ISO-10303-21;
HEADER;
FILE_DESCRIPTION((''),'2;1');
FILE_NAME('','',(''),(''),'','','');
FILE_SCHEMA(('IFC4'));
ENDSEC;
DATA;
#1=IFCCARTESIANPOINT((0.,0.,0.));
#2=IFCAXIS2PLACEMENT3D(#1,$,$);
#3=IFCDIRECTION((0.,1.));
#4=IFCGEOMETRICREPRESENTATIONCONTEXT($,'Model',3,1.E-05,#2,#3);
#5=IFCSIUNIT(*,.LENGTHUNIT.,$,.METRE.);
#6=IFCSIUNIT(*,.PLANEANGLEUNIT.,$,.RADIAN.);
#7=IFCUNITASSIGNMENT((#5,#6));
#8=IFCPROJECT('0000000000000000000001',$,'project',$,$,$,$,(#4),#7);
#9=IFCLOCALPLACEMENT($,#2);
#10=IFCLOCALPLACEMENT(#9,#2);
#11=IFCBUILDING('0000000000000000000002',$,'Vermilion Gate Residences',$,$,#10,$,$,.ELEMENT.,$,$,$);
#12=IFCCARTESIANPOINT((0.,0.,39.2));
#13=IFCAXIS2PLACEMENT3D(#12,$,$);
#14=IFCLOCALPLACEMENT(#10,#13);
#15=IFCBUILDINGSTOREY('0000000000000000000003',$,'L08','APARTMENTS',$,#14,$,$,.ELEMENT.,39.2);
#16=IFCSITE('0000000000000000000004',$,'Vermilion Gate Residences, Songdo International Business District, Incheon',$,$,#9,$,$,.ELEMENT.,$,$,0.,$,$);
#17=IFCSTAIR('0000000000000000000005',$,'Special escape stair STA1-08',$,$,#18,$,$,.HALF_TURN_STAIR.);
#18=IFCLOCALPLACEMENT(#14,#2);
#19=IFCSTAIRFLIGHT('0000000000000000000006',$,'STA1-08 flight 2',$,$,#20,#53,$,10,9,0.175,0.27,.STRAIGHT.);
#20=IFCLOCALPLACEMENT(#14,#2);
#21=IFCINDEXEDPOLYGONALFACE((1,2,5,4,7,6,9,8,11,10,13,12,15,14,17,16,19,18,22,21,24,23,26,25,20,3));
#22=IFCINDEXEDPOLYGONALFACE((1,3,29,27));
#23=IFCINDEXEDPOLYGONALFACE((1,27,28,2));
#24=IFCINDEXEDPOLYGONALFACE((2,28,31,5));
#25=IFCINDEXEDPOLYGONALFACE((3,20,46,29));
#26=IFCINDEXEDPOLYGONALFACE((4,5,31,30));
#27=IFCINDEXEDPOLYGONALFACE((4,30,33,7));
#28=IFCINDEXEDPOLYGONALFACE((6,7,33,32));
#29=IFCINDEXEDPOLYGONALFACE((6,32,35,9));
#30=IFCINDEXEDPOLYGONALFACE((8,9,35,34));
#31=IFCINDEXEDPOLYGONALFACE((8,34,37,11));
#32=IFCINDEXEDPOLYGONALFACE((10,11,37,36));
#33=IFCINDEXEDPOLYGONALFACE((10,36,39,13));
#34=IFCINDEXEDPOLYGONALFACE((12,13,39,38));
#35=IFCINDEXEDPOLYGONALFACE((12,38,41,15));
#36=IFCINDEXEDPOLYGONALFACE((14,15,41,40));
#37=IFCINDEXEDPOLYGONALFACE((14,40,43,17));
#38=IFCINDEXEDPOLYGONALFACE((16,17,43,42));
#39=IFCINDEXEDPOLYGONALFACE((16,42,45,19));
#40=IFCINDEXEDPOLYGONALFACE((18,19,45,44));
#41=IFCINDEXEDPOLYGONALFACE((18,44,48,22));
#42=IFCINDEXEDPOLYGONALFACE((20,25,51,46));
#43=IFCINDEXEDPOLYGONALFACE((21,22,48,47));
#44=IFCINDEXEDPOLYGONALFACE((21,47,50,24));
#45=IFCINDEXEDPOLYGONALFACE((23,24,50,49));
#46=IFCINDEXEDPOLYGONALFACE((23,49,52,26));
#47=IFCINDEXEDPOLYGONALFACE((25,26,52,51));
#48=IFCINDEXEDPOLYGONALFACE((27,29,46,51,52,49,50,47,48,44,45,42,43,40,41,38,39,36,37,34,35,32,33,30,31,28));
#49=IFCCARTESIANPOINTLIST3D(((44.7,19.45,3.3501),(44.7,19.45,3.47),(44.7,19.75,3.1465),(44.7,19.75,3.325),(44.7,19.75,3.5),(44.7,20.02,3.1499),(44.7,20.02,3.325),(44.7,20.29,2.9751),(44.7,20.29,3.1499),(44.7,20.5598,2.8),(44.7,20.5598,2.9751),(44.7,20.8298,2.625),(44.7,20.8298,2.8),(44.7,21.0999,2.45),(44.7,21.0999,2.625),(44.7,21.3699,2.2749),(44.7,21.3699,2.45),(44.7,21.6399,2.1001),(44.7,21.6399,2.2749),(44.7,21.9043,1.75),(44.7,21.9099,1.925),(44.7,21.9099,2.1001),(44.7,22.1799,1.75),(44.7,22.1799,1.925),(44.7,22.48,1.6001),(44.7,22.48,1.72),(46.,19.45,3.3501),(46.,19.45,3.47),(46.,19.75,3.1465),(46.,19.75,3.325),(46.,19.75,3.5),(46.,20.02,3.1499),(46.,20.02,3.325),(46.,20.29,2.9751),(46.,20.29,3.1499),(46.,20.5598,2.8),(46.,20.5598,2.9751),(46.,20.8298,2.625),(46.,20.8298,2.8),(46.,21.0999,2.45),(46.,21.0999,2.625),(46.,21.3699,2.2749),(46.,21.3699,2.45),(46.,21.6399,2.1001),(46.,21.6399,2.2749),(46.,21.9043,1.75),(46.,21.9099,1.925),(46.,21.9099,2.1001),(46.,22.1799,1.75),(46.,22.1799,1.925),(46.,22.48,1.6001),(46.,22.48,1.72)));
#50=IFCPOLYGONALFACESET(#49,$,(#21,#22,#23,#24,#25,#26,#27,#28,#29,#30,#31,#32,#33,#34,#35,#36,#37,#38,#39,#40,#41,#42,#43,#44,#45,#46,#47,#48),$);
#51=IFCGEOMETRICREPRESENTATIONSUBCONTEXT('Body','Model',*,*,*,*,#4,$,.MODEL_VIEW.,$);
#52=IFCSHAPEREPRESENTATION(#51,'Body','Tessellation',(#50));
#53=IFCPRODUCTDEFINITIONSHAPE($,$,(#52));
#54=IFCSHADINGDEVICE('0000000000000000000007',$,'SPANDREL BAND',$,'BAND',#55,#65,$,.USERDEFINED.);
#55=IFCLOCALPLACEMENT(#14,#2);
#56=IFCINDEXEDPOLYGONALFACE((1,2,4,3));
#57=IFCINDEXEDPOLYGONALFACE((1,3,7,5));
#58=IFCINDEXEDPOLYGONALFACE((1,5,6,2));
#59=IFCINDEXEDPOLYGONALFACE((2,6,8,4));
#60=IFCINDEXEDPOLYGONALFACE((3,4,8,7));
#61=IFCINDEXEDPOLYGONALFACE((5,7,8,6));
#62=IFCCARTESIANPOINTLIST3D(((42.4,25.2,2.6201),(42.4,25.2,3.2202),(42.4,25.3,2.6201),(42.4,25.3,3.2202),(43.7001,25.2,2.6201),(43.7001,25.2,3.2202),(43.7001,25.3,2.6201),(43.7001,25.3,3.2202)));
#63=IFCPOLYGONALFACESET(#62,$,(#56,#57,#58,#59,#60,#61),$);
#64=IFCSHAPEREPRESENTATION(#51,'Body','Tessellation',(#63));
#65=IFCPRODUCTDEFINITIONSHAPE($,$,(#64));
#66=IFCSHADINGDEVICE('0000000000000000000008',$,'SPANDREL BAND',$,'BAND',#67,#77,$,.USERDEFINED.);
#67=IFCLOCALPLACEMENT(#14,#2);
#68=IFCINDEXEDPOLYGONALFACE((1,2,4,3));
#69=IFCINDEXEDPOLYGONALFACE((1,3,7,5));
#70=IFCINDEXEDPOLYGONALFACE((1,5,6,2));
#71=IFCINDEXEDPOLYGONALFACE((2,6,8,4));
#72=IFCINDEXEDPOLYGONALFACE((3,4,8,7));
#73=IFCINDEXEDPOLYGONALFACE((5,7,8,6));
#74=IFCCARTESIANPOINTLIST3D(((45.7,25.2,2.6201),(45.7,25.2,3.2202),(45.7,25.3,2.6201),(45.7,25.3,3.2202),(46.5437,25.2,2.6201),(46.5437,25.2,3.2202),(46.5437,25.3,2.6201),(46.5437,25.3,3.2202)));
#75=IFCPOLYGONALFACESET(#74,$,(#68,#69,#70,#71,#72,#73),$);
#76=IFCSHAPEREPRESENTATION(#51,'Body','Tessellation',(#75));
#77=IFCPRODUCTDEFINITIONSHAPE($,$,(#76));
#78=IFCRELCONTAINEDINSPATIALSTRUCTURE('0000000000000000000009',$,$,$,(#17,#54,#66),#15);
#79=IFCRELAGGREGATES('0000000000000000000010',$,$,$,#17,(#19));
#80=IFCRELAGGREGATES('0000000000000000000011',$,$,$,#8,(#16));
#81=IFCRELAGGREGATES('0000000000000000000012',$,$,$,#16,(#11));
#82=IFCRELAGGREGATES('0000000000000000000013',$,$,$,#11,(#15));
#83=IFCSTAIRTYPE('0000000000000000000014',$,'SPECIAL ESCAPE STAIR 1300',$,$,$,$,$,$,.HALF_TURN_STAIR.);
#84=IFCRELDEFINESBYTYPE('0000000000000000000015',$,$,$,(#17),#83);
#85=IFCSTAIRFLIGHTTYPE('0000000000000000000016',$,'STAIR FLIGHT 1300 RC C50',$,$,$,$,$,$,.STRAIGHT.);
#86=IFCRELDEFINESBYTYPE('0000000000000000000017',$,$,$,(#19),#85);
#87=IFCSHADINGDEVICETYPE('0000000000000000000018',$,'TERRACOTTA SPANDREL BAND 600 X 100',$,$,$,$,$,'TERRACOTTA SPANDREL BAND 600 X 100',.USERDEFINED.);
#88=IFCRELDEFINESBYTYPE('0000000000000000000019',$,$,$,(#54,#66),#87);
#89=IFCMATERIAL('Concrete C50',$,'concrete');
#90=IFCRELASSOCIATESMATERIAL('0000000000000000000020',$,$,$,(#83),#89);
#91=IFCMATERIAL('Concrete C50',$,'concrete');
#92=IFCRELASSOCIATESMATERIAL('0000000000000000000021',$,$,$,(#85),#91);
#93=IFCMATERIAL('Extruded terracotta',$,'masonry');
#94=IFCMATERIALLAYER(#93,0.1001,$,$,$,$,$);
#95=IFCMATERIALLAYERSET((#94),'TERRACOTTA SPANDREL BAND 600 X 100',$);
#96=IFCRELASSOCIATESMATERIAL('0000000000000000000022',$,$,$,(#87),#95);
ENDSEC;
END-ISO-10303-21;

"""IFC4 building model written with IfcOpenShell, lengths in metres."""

from ifc_helpers import new_model, si_unit, direction, frame, origin, origin_2d, place, context, subcontext, project, spatial, polyline, rectangle, outline, extrude, material, layer, layer_set, type_object, element, aggregate, save


model = new_model("IFC4")

# Units and contexts
model_context = context("Model", 3, precision=1e-05, world=origin(), true_north=direction((0.0, 1.0)))
body_context = subcontext(model_context, "Body", "Model", "MODEL_VIEW")
ifc_project = project(units=[si_unit("LENGTHUNIT", "METRE"), si_unit("PLANEANGLEUNIT", "RADIAN")], contexts=[model_context])

# Site, building, storey
site_placement = place(None, origin())
site = spatial("IfcSite", under=ifc_project, at=site_placement, Name="Vermilion Gate Residences, Songdo International Business District, Incheon", CompositionType="ELEMENT", RefElevation=0.0)
building_placement = place(site_placement, origin())
building = spatial("IfcBuilding", under=site, at=building_placement, Name="Vermilion Gate Residences", CompositionType="ELEMENT")
storey_placement = place(building_placement, frame((0.0, 0.0, 39.2)))
storey = spatial("IfcBuildingStorey", under=building, at=storey_placement, Name="L08", Description="APARTMENTS", CompositionType="ELEMENT", Elevation=39.2)

# Stair, stair flight
ifc_material_1 = material(Name="Concrete C50", Category="concrete")
stair_type = type_object("IfcStairType", Name="SPECIAL ESCAPE STAIR 1300", PredefinedType="HALF_TURN_STAIR", material=ifc_material_1)
stair_placement = place(storey_placement, origin())
stair = element("IfcStair", 1, at=stair_placement, inside=storey, type_object=stair_type, Name="Special escape stair STA1-08", PredefinedType="HALF_TURN_STAIR")
ifc_material_2 = material(Name="Concrete C50", Category="concrete")
stair_flight_type = type_object("IfcStairFlightType", Name="STAIR FLIGHT 1300 RC C50", PredefinedType="STRAIGHT", material=ifc_material_2)
stair_flight_1_placement = place(storey_placement, frame((45.3501, 22.1799, 1.75), z_axis=(0.0, 0.0, 1.0), x_axis=(0.0, -1.0, 0.0)))
stair_flight_1 = element("IfcStairFlight", 2, at=stair_flight_1_placement, type_object=stair_flight_type, Name="STA1-08 flight 2", NumberOfRisers=10, NumberOfTreads=9, PredefinedType="STRAIGHT", RiserHeight=0.175, TreadLength=0.27, context=body_context, shape_type="SweptSolid", body=[
    extrude(outline(polyline([(-0.3, -0.1499), (-0.3, -0.03), (0.0, 0.0), (0.0, 0.175), (0.27, 0.175), (0.27, 0.3501), (0.54, 0.3501), (0.54, 0.5249), (0.8101, 0.5249), (0.8101, 0.7), (1.0801, 0.7), (1.0801, 0.875), (1.3501, 0.875), (1.3501, 1.05), (1.6201, 1.05), (1.6201, 1.2251), (1.8899, 1.2251), (1.8899, 1.3999), (2.1599, 1.3999), (2.1599, 1.575), (2.4299, 1.575), (2.4299, 1.75), (2.73, 1.72), (2.73, 1.6001), (2.4299, 1.3965), (0.2756, 0.0), (-0.3, -0.1499)])), frame((0.0, 0.6499, 0.0), z_axis=(0.0, -1.0, 0.0), x_axis=(1.0, 0.0, 0.0)), (0.0, 0.0, 1.0), 1.3),
])
aggregate(stair, [stair_flight_1])

# Shading devices
ifc_material_3 = material(Name="Extruded terracotta", Category="masonry")
ifc_layer_1 = layer(ifc_material_3, 0.1001)
ifc_layer_set_1 = layer_set([ifc_layer_1], Name="TERRACOTTA SPANDREL BAND 600 X 100")
shading_device_type = type_object("IfcShadingDeviceType", Name="TERRACOTTA SPANDREL BAND 600 X 100", ElementType="TERRACOTTA SPANDREL BAND 600 X 100", PredefinedType="USERDEFINED", material=ifc_layer_set_1)
shading_device_1_placement = place(storey_placement, frame((43.05, 25.25, 2.6201), z_axis=(0.0, 0.0, 1.0), x_axis=(1.0, 0.0, 0.0)))
element("IfcShadingDevice", 3, at=shading_device_1_placement, inside=storey, type_object=shading_device_type, Name="SPANDREL BAND", ObjectType="BAND", PredefinedType="USERDEFINED", context=body_context, shape_type="SweptSolid", body=[
    extrude(rectangle(XDim=1.3, YDim=0.1001, at=origin_2d()), origin(), (0.0, 0.0, 1.0), 0.6001),
])
shading_device_2_placement = place(storey_placement, frame((46.1218, 25.25, 2.6201), z_axis=(0.0, 0.0, 1.0), x_axis=(1.0, 0.0, 0.0)))
element("IfcShadingDevice", 4, at=shading_device_2_placement, inside=storey, type_object=shading_device_type, Name="SPANDREL BAND", ObjectType="BAND", PredefinedType="USERDEFINED", context=body_context, shape_type="SweptSolid", body=[
    extrude(rectangle(XDim=0.8438, YDim=0.1001, at=origin_2d()), origin(), (0.0, 0.0, 1.0), 0.6001),
])

save(model, "model.ifc")
